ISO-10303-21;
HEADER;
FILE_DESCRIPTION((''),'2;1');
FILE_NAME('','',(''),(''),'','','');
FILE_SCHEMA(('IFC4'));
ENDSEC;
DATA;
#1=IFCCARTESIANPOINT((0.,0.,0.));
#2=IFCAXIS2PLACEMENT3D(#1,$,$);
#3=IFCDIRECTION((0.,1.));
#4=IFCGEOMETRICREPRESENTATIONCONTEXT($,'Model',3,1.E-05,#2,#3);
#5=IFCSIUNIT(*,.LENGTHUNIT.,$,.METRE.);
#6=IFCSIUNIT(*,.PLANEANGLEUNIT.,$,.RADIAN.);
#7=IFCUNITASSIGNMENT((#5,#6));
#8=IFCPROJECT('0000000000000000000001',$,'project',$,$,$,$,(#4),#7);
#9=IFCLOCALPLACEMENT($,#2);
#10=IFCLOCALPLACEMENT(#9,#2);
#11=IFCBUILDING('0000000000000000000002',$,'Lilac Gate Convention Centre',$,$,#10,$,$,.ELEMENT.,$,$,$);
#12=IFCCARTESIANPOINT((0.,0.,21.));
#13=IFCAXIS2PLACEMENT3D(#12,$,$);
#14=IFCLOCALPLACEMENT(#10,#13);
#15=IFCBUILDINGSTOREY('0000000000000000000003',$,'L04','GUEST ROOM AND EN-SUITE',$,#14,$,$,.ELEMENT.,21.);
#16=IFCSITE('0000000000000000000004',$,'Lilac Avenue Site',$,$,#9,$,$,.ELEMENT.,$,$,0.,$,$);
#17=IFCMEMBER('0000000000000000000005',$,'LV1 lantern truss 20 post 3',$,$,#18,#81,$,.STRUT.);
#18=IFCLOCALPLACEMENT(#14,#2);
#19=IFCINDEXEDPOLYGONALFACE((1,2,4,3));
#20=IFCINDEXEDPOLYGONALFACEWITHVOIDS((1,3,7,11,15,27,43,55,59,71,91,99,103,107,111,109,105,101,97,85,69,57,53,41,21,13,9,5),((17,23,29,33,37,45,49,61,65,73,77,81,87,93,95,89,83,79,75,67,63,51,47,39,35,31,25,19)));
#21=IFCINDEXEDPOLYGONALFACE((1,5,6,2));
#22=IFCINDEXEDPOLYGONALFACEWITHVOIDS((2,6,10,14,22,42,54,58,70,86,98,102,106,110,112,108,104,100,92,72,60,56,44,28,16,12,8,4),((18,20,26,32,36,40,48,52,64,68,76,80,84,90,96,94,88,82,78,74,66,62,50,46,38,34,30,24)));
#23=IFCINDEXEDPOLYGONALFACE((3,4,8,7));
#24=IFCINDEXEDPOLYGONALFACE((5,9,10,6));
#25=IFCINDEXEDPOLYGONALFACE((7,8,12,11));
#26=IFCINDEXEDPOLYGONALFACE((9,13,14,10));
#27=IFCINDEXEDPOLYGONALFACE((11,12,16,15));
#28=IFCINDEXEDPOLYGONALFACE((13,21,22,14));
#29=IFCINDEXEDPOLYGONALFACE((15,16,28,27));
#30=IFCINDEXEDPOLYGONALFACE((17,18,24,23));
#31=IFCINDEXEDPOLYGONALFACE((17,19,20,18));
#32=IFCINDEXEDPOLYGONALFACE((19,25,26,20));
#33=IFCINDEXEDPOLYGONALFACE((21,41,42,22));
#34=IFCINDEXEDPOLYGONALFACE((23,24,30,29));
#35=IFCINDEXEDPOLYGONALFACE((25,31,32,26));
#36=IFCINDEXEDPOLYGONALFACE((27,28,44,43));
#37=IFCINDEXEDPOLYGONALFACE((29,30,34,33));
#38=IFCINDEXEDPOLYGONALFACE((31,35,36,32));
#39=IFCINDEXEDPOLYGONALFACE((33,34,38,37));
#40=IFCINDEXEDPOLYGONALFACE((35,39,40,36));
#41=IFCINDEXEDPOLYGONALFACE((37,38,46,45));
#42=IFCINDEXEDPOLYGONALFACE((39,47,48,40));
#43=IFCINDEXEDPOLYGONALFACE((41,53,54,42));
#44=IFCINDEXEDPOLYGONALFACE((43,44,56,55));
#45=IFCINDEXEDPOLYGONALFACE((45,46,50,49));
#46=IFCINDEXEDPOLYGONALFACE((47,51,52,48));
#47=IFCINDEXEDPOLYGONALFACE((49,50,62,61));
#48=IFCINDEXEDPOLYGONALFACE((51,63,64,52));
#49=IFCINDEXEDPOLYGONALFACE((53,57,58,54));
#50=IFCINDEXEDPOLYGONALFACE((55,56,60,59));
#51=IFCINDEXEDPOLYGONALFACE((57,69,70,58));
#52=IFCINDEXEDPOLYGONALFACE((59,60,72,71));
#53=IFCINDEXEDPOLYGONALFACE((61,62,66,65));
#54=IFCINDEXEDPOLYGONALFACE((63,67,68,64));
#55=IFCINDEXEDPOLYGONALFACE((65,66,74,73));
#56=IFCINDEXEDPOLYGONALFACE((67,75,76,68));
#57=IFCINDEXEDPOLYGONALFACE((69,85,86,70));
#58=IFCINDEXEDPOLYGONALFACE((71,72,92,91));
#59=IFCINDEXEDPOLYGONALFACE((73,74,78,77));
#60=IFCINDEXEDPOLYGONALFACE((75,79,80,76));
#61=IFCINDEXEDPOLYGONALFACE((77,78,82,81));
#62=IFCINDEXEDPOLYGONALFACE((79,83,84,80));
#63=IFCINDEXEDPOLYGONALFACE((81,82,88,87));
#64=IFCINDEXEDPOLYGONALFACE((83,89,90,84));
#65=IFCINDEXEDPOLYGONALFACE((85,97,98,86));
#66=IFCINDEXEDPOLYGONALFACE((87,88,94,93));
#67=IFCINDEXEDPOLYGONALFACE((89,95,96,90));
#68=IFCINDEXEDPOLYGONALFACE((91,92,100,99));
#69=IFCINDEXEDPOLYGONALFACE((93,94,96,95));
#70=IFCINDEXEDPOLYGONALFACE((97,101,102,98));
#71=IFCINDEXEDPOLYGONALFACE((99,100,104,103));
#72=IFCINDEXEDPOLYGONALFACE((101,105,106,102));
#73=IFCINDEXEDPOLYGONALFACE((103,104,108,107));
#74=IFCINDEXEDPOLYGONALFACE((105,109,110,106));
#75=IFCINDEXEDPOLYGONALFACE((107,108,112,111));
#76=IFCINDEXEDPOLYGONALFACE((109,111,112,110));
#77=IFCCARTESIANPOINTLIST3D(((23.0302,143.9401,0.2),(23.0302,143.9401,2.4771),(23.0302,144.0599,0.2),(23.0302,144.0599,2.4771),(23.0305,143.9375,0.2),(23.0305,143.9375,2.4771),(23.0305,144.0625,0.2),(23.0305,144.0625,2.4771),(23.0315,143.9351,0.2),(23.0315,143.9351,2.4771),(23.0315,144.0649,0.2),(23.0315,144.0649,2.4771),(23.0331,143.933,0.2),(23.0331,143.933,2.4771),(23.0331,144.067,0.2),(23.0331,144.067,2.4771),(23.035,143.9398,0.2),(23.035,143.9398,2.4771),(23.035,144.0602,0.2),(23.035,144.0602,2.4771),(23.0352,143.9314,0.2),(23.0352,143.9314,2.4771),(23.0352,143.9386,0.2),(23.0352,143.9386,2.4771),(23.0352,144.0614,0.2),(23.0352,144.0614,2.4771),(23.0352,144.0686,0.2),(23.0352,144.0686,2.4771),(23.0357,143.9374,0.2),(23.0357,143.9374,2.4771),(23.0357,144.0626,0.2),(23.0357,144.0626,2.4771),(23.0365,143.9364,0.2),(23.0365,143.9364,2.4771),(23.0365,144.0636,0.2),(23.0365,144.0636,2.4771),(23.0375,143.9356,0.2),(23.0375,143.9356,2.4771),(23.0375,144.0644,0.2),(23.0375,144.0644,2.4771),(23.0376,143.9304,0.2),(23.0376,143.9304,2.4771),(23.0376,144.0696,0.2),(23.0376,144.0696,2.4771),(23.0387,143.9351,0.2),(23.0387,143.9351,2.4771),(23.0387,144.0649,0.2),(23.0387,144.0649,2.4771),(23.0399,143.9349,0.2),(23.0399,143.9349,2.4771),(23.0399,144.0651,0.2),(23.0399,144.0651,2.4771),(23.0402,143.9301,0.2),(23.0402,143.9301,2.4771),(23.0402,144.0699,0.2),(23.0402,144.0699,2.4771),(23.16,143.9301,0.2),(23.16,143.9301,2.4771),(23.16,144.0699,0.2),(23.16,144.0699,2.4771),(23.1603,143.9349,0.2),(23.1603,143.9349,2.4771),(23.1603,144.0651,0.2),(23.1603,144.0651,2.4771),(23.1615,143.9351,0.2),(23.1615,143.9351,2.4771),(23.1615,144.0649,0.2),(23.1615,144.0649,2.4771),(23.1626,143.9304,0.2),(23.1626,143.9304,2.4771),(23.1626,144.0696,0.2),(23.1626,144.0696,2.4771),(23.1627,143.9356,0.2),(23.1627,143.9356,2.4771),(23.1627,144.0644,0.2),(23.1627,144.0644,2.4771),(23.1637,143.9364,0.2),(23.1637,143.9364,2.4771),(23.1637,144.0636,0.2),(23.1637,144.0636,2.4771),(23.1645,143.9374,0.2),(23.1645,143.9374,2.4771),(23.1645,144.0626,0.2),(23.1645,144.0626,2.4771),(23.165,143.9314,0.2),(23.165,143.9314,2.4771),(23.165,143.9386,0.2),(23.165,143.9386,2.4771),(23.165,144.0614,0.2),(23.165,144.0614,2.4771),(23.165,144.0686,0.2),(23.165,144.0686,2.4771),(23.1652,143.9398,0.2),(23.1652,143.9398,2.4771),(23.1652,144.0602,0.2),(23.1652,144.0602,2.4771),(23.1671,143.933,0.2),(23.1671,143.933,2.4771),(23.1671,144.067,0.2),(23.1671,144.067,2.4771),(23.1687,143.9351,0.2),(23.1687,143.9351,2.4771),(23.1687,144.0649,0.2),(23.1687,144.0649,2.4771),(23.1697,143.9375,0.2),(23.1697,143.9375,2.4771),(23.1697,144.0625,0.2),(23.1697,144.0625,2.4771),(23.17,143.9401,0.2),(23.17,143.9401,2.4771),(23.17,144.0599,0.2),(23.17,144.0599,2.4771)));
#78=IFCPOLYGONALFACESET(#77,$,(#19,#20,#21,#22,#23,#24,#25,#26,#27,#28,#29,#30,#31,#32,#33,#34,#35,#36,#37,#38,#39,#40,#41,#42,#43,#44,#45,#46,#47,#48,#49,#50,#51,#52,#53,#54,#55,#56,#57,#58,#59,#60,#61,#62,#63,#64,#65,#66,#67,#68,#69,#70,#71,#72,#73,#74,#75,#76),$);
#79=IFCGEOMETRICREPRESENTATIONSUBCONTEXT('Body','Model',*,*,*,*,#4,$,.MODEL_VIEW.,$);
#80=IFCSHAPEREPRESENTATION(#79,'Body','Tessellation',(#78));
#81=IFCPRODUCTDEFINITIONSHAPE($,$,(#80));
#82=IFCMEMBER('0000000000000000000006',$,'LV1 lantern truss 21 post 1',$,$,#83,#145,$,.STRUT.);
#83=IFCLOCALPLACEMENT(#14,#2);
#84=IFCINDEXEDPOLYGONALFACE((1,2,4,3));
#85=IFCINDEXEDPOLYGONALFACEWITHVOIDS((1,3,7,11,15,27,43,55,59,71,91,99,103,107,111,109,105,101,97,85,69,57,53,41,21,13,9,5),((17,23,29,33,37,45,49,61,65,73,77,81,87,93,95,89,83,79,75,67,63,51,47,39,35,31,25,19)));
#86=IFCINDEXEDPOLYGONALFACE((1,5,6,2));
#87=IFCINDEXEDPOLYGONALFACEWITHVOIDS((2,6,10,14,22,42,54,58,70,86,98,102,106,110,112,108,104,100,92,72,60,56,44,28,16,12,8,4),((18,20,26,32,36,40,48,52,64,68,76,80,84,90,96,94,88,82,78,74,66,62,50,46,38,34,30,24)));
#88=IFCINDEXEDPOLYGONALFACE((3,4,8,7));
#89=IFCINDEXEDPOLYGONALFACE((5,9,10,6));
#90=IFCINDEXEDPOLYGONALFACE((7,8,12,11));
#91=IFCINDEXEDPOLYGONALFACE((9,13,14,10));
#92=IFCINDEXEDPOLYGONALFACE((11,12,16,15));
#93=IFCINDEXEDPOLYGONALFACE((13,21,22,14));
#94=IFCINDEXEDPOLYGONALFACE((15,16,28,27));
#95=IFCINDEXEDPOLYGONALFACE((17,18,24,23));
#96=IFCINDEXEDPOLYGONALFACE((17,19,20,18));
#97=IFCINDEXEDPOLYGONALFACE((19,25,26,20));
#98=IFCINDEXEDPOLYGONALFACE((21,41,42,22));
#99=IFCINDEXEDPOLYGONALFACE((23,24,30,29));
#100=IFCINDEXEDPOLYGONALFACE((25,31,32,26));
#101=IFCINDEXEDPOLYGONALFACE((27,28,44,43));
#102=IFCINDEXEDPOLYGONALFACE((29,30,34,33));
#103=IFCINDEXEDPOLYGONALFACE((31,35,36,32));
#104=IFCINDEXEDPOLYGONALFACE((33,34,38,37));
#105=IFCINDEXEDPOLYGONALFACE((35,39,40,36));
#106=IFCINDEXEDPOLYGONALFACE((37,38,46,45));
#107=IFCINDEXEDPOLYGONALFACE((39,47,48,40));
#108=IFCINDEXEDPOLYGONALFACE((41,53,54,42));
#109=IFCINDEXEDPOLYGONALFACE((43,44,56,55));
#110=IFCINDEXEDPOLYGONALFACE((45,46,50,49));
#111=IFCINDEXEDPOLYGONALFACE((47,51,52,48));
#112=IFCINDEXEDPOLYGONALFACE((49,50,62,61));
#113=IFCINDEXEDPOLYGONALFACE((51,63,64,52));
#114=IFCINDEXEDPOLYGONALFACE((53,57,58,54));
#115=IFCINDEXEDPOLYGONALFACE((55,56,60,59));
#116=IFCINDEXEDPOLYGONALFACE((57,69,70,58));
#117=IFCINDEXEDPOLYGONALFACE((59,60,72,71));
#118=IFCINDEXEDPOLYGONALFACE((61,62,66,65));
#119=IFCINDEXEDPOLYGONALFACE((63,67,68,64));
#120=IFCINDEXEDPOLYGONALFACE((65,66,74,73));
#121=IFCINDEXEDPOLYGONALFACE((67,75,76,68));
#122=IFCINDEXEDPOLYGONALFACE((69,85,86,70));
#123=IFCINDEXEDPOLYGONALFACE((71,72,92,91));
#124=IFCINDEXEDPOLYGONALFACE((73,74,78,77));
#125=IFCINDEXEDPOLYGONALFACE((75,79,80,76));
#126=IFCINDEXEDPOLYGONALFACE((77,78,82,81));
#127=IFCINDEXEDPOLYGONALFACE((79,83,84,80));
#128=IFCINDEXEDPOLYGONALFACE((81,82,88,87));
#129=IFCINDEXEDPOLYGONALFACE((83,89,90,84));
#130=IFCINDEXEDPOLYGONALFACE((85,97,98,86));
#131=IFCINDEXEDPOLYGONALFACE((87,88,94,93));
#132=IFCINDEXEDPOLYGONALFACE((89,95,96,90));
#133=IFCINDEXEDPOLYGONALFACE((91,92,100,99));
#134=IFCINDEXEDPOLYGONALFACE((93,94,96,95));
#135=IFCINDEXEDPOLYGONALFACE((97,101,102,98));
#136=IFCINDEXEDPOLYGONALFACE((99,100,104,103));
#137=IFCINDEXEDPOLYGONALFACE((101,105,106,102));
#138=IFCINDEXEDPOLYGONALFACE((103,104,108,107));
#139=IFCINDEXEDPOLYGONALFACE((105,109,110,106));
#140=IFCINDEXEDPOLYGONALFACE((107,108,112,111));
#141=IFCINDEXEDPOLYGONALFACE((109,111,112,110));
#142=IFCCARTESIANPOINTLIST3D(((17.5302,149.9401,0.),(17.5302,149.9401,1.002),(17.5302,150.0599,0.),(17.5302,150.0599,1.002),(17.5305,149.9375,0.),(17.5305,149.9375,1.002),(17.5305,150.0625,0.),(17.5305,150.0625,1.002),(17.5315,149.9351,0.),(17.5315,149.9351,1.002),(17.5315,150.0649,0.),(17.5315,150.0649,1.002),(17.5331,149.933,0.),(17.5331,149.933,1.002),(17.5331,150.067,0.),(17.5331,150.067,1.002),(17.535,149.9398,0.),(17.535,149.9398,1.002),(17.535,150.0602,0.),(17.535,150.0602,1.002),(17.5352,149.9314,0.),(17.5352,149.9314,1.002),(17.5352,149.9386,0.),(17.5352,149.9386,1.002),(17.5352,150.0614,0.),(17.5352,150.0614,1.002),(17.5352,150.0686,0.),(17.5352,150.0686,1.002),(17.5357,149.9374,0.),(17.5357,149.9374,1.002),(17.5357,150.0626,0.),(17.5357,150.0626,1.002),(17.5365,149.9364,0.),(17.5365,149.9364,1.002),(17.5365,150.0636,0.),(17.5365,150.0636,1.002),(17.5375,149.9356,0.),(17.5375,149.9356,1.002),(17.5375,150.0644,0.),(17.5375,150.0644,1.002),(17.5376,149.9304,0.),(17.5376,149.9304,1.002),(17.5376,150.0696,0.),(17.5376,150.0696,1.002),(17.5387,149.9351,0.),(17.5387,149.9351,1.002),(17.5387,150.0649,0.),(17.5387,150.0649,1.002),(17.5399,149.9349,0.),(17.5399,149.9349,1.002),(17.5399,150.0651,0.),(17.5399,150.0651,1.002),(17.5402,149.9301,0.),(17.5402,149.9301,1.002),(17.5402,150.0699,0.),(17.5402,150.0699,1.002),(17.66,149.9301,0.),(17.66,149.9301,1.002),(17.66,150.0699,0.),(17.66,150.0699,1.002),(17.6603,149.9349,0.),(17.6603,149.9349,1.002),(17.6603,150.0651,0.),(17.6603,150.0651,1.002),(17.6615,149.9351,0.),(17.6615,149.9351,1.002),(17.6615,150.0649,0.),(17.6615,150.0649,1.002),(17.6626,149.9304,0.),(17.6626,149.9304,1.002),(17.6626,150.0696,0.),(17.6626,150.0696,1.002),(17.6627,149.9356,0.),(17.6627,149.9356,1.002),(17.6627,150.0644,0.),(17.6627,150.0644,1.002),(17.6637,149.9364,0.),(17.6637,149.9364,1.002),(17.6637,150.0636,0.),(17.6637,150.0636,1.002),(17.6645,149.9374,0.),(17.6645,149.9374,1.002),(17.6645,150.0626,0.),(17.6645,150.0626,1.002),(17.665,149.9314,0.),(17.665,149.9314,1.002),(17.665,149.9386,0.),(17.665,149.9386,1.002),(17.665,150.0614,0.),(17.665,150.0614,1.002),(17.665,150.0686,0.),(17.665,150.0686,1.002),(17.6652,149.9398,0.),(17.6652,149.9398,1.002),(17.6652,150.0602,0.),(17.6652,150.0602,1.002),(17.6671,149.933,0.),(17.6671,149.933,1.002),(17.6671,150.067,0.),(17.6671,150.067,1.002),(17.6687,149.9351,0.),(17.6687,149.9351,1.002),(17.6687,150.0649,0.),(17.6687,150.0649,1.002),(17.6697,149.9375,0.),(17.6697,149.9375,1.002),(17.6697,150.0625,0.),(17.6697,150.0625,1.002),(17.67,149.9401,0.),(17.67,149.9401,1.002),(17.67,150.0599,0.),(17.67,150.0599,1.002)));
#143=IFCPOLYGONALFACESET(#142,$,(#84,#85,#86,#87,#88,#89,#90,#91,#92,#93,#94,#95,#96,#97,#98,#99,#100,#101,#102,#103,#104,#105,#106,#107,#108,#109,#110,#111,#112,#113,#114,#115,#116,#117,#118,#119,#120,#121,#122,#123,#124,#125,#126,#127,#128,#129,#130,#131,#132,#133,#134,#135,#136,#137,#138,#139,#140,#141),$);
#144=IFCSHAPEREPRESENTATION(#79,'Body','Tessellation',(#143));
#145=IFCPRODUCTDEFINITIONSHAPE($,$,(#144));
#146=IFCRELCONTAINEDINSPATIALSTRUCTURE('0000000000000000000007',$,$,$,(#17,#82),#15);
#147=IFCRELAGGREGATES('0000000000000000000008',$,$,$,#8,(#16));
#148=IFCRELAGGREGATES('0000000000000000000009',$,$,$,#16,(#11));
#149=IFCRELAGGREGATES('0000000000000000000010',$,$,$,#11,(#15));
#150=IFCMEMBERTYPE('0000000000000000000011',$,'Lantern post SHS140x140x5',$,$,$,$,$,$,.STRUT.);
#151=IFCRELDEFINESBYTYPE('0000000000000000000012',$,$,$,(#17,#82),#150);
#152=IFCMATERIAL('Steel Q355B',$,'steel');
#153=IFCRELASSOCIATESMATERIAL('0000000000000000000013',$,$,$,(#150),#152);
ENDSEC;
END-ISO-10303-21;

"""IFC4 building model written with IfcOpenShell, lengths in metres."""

from ifc_helpers import new_model, si_unit, direction, frame, origin, origin_2d, place, context, subcontext, project, spatial, hollow_rectangle, extrude, material, material_profile, profile_set, type_object, element, save


model = new_model("IFC4")

# Units and contexts
model_context = context("Model", 3, precision=1e-05, world=origin(), true_north=direction((0.0, 1.0)))
body_context = subcontext(model_context, "Body", "Model", "MODEL_VIEW")
ifc_project = project(units=[si_unit("LENGTHUNIT", "METRE"), si_unit("PLANEANGLEUNIT", "RADIAN")], contexts=[model_context])

# Site, building, storey
site_placement = place(None, origin())
site = spatial("IfcSite", under=ifc_project, at=site_placement, Name="Lilac Avenue Site", CompositionType="ELEMENT", RefElevation=0.0)
building_placement = place(site_placement, origin())
building = spatial("IfcBuilding", under=site, at=building_placement, Name="Lilac Gate Convention Centre", CompositionType="ELEMENT")
storey_placement = place(building_placement, frame((0.0, 0.0, 21.0)))
storey = spatial("IfcBuildingStorey", under=building, at=storey_placement, Name="L04", Description="GUEST ROOM AND EN-SUITE", CompositionType="ELEMENT", Elevation=21.0)

# Members
ifc_material_1 = material(Name="Steel Q355B", Category="steel")
ifc_material_profile_1 = material_profile(ifc_material_1, hollow_rectangle(XDim=0.1399, YDim=0.1399, WallThickness=0.0049, InnerFilletRadius=0.0049, OuterFilletRadius=0.01, at=origin_2d()), Name="SHS140x140x5")
ifc_profile_set_1 = profile_set([ifc_material_profile_1], Name="Steel Q355B")
member_type_1 = type_object("IfcMemberType", Name="Lantern post SHS140x140x5", PredefinedType="STRUT", material=ifc_profile_set_1)
member_1_placement = place(storey_placement, frame((23.1001, 144.0, 0.2), z_axis=(0.0, 0.0, 1.0), x_axis=(1.0, 0.0, 0.0)))
element("IfcMember", 1, at=member_1_placement, inside=storey, type_object=member_type_1, Name="LV1 lantern truss 20 post 3", PredefinedType="STRUT", context=body_context, shape_type="SweptSolid", body=[
    extrude(hollow_rectangle(XDim=0.1399, YDim=0.1399, WallThickness=0.0049, InnerFilletRadius=0.0049, OuterFilletRadius=0.01, at=origin_2d()), origin(), (0.0, 0.0, 1.0), 2.2771),
])
member_2_placement = place(storey_placement, frame((17.6001, 150.0, 0.0), z_axis=(0.0, 0.0, 1.0), x_axis=(1.0, 0.0, 0.0)))
element("IfcMember", 2, at=member_2_placement, inside=storey, type_object=member_type_1, Name="LV1 lantern truss 21 post 1", PredefinedType="STRUT", context=body_context, shape_type="SweptSolid", body=[
    extrude(hollow_rectangle(XDim=0.1399, YDim=0.1399, WallThickness=0.0049, InnerFilletRadius=0.0049, OuterFilletRadius=0.01, at=origin_2d()), origin(), (0.0, 0.0, 1.0), 1.002),
])

save(model, "model.ifc")
